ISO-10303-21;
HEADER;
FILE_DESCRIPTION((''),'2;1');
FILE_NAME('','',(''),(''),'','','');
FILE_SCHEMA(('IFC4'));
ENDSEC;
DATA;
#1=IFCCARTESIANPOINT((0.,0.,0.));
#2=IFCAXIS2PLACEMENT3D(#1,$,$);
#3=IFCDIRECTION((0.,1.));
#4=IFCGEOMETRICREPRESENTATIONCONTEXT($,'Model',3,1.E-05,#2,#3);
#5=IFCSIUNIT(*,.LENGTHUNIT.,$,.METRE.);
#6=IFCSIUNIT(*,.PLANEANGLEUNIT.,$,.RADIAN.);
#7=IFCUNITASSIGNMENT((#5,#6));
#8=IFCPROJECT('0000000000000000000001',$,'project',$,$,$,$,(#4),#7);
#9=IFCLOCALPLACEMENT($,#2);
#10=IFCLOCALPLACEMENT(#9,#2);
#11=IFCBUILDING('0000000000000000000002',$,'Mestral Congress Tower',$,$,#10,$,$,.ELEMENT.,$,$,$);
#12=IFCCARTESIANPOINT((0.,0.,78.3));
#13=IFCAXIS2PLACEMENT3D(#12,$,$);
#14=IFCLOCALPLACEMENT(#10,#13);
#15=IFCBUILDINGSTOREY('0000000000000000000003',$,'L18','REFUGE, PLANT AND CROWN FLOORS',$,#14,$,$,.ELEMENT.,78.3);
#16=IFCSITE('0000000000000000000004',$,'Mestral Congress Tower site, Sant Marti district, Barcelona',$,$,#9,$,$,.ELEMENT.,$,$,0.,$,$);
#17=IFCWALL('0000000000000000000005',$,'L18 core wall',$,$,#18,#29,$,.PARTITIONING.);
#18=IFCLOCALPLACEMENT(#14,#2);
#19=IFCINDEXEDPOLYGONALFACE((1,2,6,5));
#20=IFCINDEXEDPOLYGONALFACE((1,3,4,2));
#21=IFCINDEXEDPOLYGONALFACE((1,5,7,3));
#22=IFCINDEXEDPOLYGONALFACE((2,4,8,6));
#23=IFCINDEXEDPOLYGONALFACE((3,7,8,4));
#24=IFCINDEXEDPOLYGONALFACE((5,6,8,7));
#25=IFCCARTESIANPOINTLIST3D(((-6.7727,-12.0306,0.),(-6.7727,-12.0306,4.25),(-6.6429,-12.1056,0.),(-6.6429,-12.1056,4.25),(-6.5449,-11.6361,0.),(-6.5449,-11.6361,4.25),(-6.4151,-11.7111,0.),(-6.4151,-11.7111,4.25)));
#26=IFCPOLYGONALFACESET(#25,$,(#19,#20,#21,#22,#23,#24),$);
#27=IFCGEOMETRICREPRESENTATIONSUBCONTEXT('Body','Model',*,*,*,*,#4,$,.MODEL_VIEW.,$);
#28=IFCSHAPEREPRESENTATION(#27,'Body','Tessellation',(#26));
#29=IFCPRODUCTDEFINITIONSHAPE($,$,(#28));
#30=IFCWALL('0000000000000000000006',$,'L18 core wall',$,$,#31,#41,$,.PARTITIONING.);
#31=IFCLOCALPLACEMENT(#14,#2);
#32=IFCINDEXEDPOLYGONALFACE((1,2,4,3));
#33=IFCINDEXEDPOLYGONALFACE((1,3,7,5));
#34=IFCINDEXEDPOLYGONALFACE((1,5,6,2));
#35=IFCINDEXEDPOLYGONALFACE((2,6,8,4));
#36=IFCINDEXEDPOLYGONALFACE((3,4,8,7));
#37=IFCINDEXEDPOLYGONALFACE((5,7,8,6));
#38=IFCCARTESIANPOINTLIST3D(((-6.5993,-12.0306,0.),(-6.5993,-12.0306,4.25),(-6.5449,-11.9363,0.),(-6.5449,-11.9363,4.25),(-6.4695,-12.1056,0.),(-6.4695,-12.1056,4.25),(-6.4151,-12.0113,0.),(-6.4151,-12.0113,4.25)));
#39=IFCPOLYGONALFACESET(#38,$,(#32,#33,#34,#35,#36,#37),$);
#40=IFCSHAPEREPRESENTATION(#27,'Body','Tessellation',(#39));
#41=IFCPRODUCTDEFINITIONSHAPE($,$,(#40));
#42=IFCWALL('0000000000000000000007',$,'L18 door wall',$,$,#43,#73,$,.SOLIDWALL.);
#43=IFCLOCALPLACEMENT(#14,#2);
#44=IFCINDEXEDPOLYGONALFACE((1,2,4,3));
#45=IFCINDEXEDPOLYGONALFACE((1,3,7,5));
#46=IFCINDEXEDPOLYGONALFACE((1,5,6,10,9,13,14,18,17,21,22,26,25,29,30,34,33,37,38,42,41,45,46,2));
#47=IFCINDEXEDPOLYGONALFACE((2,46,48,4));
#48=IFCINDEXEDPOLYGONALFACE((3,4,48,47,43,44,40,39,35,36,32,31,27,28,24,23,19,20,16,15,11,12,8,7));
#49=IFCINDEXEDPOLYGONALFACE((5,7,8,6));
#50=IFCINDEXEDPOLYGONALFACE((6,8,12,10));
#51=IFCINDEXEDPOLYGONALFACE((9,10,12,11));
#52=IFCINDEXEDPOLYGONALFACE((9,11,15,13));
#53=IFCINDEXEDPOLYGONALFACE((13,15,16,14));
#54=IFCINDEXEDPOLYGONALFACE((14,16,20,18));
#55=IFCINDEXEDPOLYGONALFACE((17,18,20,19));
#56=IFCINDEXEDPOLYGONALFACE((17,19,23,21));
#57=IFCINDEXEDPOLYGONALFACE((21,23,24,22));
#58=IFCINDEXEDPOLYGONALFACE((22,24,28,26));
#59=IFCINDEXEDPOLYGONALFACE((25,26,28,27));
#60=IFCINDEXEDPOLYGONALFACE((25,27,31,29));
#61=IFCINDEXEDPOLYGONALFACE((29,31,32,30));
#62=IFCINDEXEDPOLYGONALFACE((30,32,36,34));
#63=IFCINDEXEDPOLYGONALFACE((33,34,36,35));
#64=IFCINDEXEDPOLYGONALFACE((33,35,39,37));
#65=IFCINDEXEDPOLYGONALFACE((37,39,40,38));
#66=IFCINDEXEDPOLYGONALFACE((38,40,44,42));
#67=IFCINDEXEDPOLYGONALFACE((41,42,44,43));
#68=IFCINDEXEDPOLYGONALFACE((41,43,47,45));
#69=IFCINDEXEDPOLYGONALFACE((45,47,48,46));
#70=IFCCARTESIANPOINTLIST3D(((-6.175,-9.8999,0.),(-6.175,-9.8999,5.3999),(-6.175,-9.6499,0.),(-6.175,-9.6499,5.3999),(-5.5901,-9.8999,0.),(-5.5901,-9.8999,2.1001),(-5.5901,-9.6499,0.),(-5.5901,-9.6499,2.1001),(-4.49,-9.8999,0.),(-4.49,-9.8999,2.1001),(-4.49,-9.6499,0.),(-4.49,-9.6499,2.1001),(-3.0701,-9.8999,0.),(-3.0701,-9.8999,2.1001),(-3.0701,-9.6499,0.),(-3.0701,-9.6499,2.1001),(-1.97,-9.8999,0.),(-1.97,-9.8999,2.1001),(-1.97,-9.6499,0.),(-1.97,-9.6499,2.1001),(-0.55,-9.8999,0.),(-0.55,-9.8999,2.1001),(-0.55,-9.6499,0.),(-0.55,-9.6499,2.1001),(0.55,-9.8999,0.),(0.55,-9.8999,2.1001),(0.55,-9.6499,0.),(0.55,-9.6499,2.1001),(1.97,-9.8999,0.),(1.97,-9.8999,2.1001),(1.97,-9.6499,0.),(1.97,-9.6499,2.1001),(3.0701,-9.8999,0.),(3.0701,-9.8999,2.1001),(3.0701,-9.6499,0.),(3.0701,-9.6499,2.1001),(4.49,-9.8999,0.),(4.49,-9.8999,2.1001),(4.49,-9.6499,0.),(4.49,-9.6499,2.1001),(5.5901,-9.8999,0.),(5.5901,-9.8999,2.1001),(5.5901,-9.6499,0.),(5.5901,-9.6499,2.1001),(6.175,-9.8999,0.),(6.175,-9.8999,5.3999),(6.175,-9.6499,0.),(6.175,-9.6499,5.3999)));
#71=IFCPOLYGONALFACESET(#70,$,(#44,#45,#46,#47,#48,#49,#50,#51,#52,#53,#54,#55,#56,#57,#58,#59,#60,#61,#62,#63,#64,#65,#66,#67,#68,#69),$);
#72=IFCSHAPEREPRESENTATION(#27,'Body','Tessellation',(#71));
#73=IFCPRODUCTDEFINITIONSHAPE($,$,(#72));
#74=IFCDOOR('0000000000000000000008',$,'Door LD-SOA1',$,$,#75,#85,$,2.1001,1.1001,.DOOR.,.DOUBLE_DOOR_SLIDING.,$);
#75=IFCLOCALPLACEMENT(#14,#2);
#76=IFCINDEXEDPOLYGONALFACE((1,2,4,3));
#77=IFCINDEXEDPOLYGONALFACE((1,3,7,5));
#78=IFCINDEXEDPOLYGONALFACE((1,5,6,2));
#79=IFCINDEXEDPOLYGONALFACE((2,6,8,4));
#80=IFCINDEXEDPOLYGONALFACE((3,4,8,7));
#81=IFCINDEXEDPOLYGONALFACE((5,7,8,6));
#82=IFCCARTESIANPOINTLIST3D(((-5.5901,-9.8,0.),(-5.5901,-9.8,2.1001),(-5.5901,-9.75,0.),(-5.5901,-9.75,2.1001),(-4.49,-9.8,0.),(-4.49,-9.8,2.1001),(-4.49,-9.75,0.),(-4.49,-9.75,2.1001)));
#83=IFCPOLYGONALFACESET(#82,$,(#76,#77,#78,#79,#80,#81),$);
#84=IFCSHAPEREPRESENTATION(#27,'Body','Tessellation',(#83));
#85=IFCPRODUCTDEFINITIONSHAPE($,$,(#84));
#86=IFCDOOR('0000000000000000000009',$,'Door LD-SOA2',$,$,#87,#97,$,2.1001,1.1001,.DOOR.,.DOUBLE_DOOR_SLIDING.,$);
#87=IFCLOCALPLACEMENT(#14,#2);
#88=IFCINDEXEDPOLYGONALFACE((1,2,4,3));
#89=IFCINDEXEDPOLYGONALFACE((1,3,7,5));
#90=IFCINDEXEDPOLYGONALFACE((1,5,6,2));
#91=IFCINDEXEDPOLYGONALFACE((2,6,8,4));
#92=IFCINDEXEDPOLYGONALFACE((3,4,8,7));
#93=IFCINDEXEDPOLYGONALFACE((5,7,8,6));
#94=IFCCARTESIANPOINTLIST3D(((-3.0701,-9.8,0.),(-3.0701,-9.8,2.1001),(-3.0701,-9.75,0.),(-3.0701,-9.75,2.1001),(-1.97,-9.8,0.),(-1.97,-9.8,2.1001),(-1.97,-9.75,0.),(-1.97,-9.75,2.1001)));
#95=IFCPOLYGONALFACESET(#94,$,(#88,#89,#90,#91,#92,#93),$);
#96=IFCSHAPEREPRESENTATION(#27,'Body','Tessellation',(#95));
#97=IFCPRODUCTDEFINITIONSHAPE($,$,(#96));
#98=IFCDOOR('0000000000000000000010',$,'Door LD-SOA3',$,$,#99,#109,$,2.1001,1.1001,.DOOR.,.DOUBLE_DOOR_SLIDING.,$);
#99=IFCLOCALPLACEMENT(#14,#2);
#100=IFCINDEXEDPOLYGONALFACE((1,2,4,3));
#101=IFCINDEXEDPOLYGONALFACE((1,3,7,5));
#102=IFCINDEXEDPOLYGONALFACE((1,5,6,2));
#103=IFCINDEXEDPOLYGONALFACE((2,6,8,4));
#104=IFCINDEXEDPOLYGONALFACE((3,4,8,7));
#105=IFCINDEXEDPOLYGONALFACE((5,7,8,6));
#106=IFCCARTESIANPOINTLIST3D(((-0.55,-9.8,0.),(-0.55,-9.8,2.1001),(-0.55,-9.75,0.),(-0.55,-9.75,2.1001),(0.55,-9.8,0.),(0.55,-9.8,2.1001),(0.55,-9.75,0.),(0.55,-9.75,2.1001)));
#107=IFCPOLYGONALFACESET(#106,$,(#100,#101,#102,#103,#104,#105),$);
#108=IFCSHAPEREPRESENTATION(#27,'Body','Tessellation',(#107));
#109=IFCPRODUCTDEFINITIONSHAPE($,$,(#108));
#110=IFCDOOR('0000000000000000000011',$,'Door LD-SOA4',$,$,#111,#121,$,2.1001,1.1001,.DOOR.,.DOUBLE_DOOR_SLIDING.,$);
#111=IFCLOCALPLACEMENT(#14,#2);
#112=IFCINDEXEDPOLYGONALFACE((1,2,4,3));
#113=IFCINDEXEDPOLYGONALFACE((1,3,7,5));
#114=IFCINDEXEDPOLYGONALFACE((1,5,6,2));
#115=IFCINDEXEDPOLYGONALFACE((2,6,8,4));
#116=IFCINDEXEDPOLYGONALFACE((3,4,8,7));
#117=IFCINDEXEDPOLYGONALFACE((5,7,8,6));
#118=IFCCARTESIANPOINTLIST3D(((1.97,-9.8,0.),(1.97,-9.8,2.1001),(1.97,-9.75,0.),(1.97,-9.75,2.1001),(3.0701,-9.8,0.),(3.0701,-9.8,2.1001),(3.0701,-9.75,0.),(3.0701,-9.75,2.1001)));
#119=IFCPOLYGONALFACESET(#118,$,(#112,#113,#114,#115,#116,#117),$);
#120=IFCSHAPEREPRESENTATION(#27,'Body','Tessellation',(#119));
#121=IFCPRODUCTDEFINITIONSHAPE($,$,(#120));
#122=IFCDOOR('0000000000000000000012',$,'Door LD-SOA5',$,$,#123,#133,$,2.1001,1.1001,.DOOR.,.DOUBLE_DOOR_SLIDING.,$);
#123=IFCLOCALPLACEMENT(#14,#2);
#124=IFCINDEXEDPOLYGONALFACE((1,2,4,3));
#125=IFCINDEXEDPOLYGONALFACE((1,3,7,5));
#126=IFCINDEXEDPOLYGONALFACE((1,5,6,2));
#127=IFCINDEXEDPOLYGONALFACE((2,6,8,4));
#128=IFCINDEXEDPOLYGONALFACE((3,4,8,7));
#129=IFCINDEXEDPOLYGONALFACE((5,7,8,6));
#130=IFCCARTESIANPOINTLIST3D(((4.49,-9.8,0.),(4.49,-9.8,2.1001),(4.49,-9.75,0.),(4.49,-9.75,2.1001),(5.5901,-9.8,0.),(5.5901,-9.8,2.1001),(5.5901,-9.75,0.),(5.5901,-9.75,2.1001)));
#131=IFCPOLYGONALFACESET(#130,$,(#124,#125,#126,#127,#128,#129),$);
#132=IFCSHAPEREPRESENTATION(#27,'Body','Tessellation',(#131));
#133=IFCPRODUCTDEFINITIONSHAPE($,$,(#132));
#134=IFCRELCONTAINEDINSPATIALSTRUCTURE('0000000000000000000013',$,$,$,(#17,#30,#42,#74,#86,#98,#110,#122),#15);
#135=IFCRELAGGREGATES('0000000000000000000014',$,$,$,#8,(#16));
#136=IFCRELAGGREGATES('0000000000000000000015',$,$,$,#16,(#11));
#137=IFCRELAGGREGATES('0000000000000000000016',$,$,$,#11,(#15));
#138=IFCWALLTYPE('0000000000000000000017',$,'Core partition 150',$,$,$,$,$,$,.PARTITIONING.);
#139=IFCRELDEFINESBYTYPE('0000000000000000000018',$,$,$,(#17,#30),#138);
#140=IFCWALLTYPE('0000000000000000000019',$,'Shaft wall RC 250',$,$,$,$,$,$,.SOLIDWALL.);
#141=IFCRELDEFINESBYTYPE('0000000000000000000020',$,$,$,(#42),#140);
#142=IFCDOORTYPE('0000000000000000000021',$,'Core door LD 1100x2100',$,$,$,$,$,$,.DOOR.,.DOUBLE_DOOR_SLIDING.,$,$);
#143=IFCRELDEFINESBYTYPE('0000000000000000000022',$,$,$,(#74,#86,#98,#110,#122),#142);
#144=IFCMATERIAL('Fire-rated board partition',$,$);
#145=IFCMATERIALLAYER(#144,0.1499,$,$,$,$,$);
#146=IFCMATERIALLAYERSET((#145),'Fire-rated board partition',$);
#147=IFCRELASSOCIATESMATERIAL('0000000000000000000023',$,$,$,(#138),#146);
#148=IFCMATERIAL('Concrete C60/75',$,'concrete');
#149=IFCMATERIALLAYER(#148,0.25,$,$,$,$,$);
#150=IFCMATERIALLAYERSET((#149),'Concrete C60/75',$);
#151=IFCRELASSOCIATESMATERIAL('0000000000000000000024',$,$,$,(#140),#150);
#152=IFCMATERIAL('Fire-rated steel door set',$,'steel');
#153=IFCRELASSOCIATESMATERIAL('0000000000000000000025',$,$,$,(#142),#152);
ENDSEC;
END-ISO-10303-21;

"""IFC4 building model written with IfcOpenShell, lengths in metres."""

from ifc_helpers import new_model, si_unit, direction, frame, frame_2d, origin, place, context, subcontext, project, spatial, rectangle, extrude, material, layer, layer_set, type_object, element, fill, save


model = new_model("IFC4")

# Units and contexts
model_context = context("Model", 3, precision=1e-05, world=origin(), true_north=direction((0.0, 1.0)))
body_context = subcontext(model_context, "Body", "Model", "MODEL_VIEW")
ifc_project = project(units=[si_unit("LENGTHUNIT", "METRE"), si_unit("PLANEANGLEUNIT", "RADIAN")], contexts=[model_context])

# Site, building, storey
site_placement = place(None, origin())
site = spatial("IfcSite", under=ifc_project, at=site_placement, Name="Mestral Congress Tower site, Sant Marti district, Barcelona", CompositionType="ELEMENT", RefElevation=0.0)
building_placement = place(site_placement, origin())
building = spatial("IfcBuilding", under=site, at=building_placement, Name="Mestral Congress Tower", CompositionType="ELEMENT")
storey_placement = place(building_placement, frame((0.0, 0.0, 78.3)))
storey = spatial("IfcBuildingStorey", under=building, at=storey_placement, Name="L18", Description="REFUGE, PLANT AND CROWN FLOORS", CompositionType="ELEMENT", Elevation=78.3)

# Walls
ifc_material_1 = material(Name="Fire-rated board partition")
ifc_layer_1 = layer(ifc_material_1, 0.1499)
ifc_layer_set_1 = layer_set([ifc_layer_1], Name="Fire-rated board partition")
wall_type_1 = type_object("IfcWallType", Name="Core partition 150", PredefinedType="PARTITIONING", material=ifc_layer_set_1)
wall_1_placement = place(storey_placement, frame((-6.7078, -12.0681, 0.0), z_axis=(0.0, 0.0, 1.0), x_axis=(0.500001, 0.866025, 0.0)))
element("IfcWall", 1, at=wall_1_placement, inside=storey, type_object=wall_type_1, Name="L18 core wall", PredefinedType="PARTITIONING", context=body_context, shape_type="SweptSolid", body=[
    extrude(rectangle(XDim=0.4556, YDim=0.1499, at=frame_2d((0.2278, 0.0))), origin(), (0.0, 0.0, 1.0), 4.25),
])
wall_2_placement = place(storey_placement, frame((-6.5344, -12.0681, 0.0), z_axis=(0.0, 0.0, 1.0), x_axis=(0.50024, 0.865887, 0.0)))
element("IfcWall", 2, at=wall_2_placement, inside=storey, type_object=wall_type_1, Name="L18 core wall", PredefinedType="PARTITIONING", context=body_context, shape_type="SweptSolid", body=[
    extrude(rectangle(XDim=0.1089, YDim=0.1499, at=frame_2d((0.0544, 0.0))), origin(), (0.0, 0.0, 1.0), 4.25),
])

# Wall, openings, doors
ifc_material_2 = material(Name="Concrete C60/75", Category="concrete")
ifc_layer_2 = layer(ifc_material_2, 0.25)
ifc_layer_set_2 = layer_set([ifc_layer_2], Name="Concrete C60/75")
wall_type_2 = type_object("IfcWallType", Name="Shaft wall RC 250", PredefinedType="SOLIDWALL", material=ifc_layer_set_2)
wall_3_placement = place(storey_placement, frame((-6.175, -9.7749, 0.0), z_axis=(0.0, 0.0, 1.0), x_axis=(1.0, 0.0, 0.0)))
wall_3 = element("IfcWall", 3, at=wall_3_placement, inside=storey, type_object=wall_type_2, Name="L18 door wall", PredefinedType="SOLIDWALL", context=body_context, shape_type="SweptSolid", body=[
    extrude(rectangle(XDim=12.3501, YDim=0.25, at=frame_2d((6.175, 0.0))), origin(), (0.0, 0.0, 1.0), 5.3999),
])
opening_1_placement = place(wall_3_placement, frame((0.585, 0.0, 0.0)))
opening_1 = element("IfcOpeningElement", 4, at=opening_1_placement, cuts=wall_3, PredefinedType="OPENING", context=body_context, shape_type="SweptSolid", body=[
    extrude(rectangle(XDim=1.1001, YDim=2.1001, at=frame_2d((0.55, 1.05))), frame((0.0, 0.135, 0.0), z_axis=(0.0, -1.0, 0.0), x_axis=(1.0, 0.0, 0.0)), (0.0, 0.0, 1.0), 0.27),
])
opening_2_placement = place(wall_3_placement, frame((3.105, 0.0, 0.0)))
opening_2 = element("IfcOpeningElement", 5, at=opening_2_placement, cuts=wall_3, PredefinedType="OPENING", context=body_context, shape_type="SweptSolid", body=[
    extrude(rectangle(XDim=1.1001, YDim=2.1001, at=frame_2d((0.55, 1.05))), frame((0.0, 0.135, 0.0), z_axis=(0.0, -1.0, 0.0), x_axis=(1.0, 0.0, 0.0)), (0.0, 0.0, 1.0), 0.27),
])
opening_3_placement = place(wall_3_placement, frame((5.625, 0.0, 0.0)))
opening_3 = element("IfcOpeningElement", 6, at=opening_3_placement, cuts=wall_3, PredefinedType="OPENING", context=body_context, shape_type="SweptSolid", body=[
    extrude(rectangle(XDim=1.1001, YDim=2.1001, at=frame_2d((0.55, 1.05))), frame((0.0, 0.135, 0.0), z_axis=(0.0, -1.0, 0.0), x_axis=(1.0, 0.0, 0.0)), (0.0, 0.0, 1.0), 0.27),
])
opening_4_placement = place(wall_3_placement, frame((8.145, 0.0, 0.0)))
opening_4 = element("IfcOpeningElement", 7, at=opening_4_placement, cuts=wall_3, PredefinedType="OPENING", context=body_context, shape_type="SweptSolid", body=[
    extrude(rectangle(XDim=1.1001, YDim=2.1001, at=frame_2d((0.55, 1.05))), frame((0.0, 0.135, 0.0), z_axis=(0.0, -1.0, 0.0), x_axis=(1.0, 0.0, 0.0)), (0.0, 0.0, 1.0), 0.27),
])
opening_5_placement = place(wall_3_placement, frame((10.665, 0.0, 0.0)))
opening_5 = element("IfcOpeningElement", 8, at=opening_5_placement, cuts=wall_3, PredefinedType="OPENING", context=body_context, shape_type="SweptSolid", body=[
    extrude(rectangle(XDim=1.1001, YDim=2.1001, at=frame_2d((0.55, 1.05))), frame((0.0, 0.135, 0.0), z_axis=(0.0, -1.0, 0.0), x_axis=(1.0, 0.0, 0.0)), (0.0, 0.0, 1.0), 0.27),
])
ifc_material_3 = material(Name="Fire-rated steel door set", Category="steel")
door_type_1 = type_object("IfcDoorType", Name="Core door LD 1100x2100", OperationType="DOUBLE_DOOR_SLIDING", PredefinedType="DOOR", material=ifc_material_3)
door_1_placement = place(opening_1_placement, origin())
door_1 = element("IfcDoor", 9, at=door_1_placement, inside=storey, type_object=door_type_1, Name="Door LD-SOA1", OperationType="DOUBLE_DOOR_SLIDING", OverallHeight=2.1001, OverallWidth=1.1001, PredefinedType="DOOR", context=body_context, shape_type="SweptSolid", body=[
    extrude(rectangle(XDim=1.1001, YDim=2.1001, at=frame_2d((0.55, 1.05))), frame((0.0, 0.0249, 0.0), z_axis=(0.0, -1.0, 0.0), x_axis=(1.0, 0.0, 0.0)), (0.0, 0.0, 1.0), 0.05),
])
fill(opening_1, door_1)
door_2_placement = place(opening_2_placement, origin())
door_2 = element("IfcDoor", 10, at=door_2_placement, inside=storey, type_object=door_type_1, Name="Door LD-SOA2", OperationType="DOUBLE_DOOR_SLIDING", OverallHeight=2.1001, OverallWidth=1.1001, PredefinedType="DOOR", context=body_context, shape_type="SweptSolid", body=[
    extrude(rectangle(XDim=1.1001, YDim=2.1001, at=frame_2d((0.55, 1.05))), frame((0.0, 0.0249, 0.0), z_axis=(0.0, -1.0, 0.0), x_axis=(1.0, 0.0, 0.0)), (0.0, 0.0, 1.0), 0.05),
])
fill(opening_2, door_2)
door_3_placement = place(opening_3_placement, origin())
door_3 = element("IfcDoor", 11, at=door_3_placement, inside=storey, type_object=door_type_1, Name="Door LD-SOA3", OperationType="DOUBLE_DOOR_SLIDING", OverallHeight=2.1001, OverallWidth=1.1001, PredefinedType="DOOR", context=body_context, shape_type="SweptSolid", body=[
    extrude(rectangle(XDim=1.1001, YDim=2.1001, at=frame_2d((0.55, 1.05))), frame((0.0, 0.0249, 0.0), z_axis=(0.0, -1.0, 0.0), x_axis=(1.0, 0.0, 0.0)), (0.0, 0.0, 1.0), 0.05),
])
fill(opening_3, door_3)
door_4_placement = place(opening_4_placement, origin())
door_4 = element("IfcDoor", 12, at=door_4_placement, inside=storey, type_object=door_type_1, Name="Door LD-SOA4", OperationType="DOUBLE_DOOR_SLIDING", OverallHeight=2.1001, OverallWidth=1.1001, PredefinedType="DOOR", context=body_context, shape_type="SweptSolid", body=[
    extrude(rectangle(XDim=1.1001, YDim=2.1001, at=frame_2d((0.55, 1.05))), frame((0.0, 0.0249, 0.0), z_axis=(0.0, -1.0, 0.0), x_axis=(1.0, 0.0, 0.0)), (0.0, 0.0, 1.0), 0.05),
])
fill(opening_4, door_4)
door_5_placement = place(opening_5_placement, origin())
door_5 = element("IfcDoor", 13, at=door_5_placement, inside=storey, type_object=door_type_1, Name="Door LD-SOA5", OperationType="DOUBLE_DOOR_SLIDING", OverallHeight=2.1001, OverallWidth=1.1001, PredefinedType="DOOR", context=body_context, shape_type="SweptSolid", body=[
    extrude(rectangle(XDim=1.1001, YDim=2.1001, at=frame_2d((0.55, 1.05))), frame((0.0, 0.0249, 0.0), z_axis=(0.0, -1.0, 0.0), x_axis=(1.0, 0.0, 0.0)), (0.0, 0.0, 1.0), 0.05),
])
fill(opening_5, door_5)

save(model, "model.ifc")
